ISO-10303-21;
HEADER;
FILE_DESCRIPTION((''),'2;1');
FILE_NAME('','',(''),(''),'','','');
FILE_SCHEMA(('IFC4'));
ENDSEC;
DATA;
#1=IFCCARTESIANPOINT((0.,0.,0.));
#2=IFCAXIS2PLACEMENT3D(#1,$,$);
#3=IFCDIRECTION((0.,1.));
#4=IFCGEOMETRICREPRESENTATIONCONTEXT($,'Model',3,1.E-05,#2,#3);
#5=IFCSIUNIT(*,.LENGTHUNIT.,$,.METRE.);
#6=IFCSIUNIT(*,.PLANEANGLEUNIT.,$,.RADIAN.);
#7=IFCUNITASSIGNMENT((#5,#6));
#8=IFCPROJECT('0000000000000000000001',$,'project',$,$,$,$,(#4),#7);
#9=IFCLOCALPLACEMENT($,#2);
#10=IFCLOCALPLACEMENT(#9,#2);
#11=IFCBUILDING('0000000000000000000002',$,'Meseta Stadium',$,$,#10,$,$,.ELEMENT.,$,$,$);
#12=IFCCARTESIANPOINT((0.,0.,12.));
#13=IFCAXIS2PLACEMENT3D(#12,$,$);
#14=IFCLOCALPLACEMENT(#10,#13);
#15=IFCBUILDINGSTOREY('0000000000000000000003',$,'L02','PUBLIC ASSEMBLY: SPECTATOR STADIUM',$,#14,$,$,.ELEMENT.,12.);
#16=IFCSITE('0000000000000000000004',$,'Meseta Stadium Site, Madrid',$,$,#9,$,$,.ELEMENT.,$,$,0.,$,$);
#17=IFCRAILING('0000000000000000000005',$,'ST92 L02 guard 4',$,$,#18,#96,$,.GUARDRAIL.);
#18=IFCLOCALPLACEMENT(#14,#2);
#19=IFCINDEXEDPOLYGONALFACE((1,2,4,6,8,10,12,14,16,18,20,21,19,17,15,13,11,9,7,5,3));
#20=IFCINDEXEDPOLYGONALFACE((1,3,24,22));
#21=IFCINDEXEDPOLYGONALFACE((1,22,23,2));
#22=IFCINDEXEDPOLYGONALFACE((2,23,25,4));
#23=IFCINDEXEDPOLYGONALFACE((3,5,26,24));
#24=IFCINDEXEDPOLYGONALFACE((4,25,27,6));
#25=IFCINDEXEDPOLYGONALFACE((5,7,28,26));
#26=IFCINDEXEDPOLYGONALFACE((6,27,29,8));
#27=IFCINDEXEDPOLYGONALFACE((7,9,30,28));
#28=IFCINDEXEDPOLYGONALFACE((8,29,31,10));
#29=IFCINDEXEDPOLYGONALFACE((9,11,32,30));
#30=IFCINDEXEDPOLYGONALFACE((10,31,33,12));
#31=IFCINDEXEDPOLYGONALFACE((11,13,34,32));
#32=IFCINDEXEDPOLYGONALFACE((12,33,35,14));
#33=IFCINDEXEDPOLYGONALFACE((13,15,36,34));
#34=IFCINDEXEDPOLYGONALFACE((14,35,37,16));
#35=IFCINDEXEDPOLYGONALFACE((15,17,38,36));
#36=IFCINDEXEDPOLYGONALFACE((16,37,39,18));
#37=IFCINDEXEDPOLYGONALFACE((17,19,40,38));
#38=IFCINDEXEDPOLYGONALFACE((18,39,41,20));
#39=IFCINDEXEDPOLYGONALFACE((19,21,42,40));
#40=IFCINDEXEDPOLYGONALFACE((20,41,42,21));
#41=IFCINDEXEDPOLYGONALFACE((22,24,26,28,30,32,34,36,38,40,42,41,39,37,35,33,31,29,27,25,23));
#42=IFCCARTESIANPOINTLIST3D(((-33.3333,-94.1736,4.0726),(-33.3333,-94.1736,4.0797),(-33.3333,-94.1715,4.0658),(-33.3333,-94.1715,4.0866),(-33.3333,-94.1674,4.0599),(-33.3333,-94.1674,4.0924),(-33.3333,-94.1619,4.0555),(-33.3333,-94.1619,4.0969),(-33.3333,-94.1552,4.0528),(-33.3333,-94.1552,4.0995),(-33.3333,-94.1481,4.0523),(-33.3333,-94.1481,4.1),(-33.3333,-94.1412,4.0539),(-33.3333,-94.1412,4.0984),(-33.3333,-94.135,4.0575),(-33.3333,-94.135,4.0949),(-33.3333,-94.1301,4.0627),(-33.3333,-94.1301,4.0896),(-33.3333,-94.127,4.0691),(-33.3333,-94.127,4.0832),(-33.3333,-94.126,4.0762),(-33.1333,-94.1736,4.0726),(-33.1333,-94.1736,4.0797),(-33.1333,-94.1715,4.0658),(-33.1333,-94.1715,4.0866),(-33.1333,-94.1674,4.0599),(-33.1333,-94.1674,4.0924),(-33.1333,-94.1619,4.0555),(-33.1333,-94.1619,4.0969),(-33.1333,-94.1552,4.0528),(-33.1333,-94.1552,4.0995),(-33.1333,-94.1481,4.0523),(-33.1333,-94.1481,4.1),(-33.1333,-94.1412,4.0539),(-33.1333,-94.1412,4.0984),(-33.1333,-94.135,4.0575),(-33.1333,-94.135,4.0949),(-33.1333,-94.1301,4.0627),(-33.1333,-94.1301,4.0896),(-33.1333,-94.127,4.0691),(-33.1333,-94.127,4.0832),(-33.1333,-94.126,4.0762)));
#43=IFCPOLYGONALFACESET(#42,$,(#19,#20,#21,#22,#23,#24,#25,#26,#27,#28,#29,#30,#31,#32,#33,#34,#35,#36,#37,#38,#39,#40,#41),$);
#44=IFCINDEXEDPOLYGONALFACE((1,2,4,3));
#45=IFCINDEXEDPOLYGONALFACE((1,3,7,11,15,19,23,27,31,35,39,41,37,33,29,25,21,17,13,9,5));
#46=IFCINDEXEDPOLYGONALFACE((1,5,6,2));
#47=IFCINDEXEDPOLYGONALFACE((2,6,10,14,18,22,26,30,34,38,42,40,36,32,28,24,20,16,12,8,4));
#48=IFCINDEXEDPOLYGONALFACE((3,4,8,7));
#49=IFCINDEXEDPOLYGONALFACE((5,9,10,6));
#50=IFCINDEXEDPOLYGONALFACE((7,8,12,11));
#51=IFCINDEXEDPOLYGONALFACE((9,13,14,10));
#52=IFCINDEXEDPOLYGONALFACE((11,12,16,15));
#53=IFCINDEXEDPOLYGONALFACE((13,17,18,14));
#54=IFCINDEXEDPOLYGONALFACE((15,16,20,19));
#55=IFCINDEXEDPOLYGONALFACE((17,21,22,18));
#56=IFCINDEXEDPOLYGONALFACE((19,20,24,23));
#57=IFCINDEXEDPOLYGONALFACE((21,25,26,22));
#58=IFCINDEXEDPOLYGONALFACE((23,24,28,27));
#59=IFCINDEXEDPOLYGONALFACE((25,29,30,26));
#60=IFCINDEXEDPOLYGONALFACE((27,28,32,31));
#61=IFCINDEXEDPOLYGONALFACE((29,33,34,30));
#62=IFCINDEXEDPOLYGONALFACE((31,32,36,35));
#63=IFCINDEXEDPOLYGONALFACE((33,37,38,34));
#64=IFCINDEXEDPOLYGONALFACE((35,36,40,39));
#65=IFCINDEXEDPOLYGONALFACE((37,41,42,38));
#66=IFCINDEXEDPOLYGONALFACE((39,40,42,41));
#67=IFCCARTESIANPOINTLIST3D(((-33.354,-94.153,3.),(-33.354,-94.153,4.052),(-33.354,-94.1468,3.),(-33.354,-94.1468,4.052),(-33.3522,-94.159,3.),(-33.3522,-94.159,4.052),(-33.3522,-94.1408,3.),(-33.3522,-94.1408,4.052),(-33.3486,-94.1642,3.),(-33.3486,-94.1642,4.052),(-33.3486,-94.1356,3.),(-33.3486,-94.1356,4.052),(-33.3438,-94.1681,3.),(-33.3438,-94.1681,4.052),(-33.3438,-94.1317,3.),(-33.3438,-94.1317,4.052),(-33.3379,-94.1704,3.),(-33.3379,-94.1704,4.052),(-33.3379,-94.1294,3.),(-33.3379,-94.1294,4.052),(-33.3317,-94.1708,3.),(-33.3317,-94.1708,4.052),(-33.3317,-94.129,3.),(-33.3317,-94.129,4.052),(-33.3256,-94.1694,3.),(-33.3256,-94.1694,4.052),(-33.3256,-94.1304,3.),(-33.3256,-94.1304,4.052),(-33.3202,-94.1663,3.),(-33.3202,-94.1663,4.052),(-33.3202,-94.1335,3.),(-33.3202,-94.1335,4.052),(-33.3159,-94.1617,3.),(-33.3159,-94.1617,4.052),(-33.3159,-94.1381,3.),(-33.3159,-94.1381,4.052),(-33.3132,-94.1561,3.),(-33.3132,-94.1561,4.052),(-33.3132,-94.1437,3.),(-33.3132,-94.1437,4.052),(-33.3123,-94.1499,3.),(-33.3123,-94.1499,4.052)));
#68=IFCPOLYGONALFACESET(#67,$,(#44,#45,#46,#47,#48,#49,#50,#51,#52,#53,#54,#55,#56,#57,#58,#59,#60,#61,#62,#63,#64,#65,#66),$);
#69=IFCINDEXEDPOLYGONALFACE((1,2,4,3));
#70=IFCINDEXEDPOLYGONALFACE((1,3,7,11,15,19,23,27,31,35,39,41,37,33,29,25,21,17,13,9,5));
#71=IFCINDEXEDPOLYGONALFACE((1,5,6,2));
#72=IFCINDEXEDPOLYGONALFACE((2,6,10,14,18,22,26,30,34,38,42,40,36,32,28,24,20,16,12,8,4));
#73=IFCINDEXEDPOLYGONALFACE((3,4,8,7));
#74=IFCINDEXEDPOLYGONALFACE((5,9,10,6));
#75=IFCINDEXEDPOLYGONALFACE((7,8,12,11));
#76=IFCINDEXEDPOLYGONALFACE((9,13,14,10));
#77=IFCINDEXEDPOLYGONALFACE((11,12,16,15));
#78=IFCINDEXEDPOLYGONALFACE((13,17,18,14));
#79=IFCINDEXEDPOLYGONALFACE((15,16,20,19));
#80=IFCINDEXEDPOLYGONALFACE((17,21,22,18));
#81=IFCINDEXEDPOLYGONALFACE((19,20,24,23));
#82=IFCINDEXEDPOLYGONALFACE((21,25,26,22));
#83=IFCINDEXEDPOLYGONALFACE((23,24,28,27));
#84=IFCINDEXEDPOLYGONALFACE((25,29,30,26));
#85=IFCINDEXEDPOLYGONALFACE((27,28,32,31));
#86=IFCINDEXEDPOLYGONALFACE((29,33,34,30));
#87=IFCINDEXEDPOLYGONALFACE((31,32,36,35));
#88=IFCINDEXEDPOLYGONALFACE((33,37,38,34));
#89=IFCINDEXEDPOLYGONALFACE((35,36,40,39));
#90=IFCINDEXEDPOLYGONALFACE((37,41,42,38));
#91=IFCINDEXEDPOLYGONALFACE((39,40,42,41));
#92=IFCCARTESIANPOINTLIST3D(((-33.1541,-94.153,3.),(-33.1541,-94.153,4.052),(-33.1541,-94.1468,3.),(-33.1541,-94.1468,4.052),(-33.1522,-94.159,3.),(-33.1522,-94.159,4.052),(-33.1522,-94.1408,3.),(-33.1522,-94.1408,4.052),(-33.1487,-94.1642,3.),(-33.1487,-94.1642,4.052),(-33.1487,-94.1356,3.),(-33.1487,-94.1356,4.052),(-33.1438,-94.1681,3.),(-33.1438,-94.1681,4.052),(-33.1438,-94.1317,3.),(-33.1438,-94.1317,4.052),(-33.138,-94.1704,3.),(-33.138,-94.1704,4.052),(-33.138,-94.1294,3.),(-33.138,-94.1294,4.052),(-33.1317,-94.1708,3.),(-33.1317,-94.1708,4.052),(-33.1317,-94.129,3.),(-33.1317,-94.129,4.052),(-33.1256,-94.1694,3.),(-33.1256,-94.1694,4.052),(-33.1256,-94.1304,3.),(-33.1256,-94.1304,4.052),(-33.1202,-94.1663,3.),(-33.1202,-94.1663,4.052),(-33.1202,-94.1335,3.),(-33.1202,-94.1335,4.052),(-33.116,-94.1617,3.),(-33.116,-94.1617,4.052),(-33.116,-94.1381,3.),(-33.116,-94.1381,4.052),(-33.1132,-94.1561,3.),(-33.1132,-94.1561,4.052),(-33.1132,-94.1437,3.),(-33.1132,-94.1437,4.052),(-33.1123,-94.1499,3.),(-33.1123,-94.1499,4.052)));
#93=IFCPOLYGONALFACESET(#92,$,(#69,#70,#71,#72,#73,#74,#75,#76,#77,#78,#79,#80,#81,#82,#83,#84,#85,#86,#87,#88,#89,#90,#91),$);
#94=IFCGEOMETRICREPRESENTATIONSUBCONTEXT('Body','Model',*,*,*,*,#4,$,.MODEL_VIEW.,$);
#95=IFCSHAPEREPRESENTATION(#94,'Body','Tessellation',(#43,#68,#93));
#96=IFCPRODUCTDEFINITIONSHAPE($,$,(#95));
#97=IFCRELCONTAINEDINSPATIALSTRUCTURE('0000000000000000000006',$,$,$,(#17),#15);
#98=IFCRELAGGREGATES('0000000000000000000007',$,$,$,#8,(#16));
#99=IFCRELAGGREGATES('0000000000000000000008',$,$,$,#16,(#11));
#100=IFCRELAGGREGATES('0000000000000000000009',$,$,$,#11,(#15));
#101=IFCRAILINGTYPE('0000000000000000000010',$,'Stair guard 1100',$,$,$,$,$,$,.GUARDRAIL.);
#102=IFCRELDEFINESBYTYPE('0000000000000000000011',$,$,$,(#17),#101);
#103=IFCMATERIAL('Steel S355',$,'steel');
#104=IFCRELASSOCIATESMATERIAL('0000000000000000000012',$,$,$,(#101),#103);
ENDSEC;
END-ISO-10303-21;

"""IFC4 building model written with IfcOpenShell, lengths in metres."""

from ifc_helpers import new_model, si_unit, direction, frame, origin, origin_2d, place, context, subcontext, project, spatial, circle, extrude, material, type_object, element, save


model = new_model("IFC4")

# Units and contexts
model_context = context("Model", 3, precision=1e-05, world=origin(), true_north=direction((0.0, 1.0)))
body_context = subcontext(model_context, "Body", "Model", "MODEL_VIEW")
ifc_project = project(units=[si_unit("LENGTHUNIT", "METRE"), si_unit("PLANEANGLEUNIT", "RADIAN")], contexts=[model_context])

# Site, building, storey
site_placement = place(None, origin())
site = spatial("IfcSite", under=ifc_project, at=site_placement, Name="Meseta Stadium Site, Madrid", CompositionType="ELEMENT", RefElevation=0.0)
building_placement = place(site_placement, origin())
building = spatial("IfcBuilding", under=site, at=building_placement, Name="Meseta Stadium", CompositionType="ELEMENT")
storey_placement = place(building_placement, frame((0.0, 0.0, 12.0)))
storey = spatial("IfcBuildingStorey", under=building, at=storey_placement, Name="L02", Description="PUBLIC ASSEMBLY: SPECTATOR STADIUM", CompositionType="ELEMENT", Elevation=12.0)

# Railing
ifc_material_1 = material(Name="Steel S355", Category="steel")
railing_type_1 = type_object("IfcRailingType", Name="Stair guard 1100", PredefinedType="GUARDRAIL", material=ifc_material_1)
railing_1_placement = place(storey_placement, frame((-33.3333, -94.1499, 3.0)))
element("IfcRailing", 1, at=railing_1_placement, inside=storey, type_object=railing_type_1, Name="ST92 L02 guard 4", PredefinedType="GUARDRAIL", context=body_context, shape_type="SweptSolid", body=[
    extrude(circle(Radius=0.0239, at=origin_2d()), frame((0.0, 0.0, 1.0762), z_axis=(1.0, 0.0, 0.0), x_axis=(0.0, 1.0, 0.0)), (0.0, 0.0, 1.0), 0.2),
    extrude(circle(Radius=0.021, at=origin_2d()), origin(), (0.0, 0.0, 1.0), 1.052),
    extrude(circle(Radius=0.021, at=origin_2d()), frame((0.2, 0.0, 0.0)), (0.0, 0.0, 1.0), 1.052),
])

save(model, "model.ifc")
